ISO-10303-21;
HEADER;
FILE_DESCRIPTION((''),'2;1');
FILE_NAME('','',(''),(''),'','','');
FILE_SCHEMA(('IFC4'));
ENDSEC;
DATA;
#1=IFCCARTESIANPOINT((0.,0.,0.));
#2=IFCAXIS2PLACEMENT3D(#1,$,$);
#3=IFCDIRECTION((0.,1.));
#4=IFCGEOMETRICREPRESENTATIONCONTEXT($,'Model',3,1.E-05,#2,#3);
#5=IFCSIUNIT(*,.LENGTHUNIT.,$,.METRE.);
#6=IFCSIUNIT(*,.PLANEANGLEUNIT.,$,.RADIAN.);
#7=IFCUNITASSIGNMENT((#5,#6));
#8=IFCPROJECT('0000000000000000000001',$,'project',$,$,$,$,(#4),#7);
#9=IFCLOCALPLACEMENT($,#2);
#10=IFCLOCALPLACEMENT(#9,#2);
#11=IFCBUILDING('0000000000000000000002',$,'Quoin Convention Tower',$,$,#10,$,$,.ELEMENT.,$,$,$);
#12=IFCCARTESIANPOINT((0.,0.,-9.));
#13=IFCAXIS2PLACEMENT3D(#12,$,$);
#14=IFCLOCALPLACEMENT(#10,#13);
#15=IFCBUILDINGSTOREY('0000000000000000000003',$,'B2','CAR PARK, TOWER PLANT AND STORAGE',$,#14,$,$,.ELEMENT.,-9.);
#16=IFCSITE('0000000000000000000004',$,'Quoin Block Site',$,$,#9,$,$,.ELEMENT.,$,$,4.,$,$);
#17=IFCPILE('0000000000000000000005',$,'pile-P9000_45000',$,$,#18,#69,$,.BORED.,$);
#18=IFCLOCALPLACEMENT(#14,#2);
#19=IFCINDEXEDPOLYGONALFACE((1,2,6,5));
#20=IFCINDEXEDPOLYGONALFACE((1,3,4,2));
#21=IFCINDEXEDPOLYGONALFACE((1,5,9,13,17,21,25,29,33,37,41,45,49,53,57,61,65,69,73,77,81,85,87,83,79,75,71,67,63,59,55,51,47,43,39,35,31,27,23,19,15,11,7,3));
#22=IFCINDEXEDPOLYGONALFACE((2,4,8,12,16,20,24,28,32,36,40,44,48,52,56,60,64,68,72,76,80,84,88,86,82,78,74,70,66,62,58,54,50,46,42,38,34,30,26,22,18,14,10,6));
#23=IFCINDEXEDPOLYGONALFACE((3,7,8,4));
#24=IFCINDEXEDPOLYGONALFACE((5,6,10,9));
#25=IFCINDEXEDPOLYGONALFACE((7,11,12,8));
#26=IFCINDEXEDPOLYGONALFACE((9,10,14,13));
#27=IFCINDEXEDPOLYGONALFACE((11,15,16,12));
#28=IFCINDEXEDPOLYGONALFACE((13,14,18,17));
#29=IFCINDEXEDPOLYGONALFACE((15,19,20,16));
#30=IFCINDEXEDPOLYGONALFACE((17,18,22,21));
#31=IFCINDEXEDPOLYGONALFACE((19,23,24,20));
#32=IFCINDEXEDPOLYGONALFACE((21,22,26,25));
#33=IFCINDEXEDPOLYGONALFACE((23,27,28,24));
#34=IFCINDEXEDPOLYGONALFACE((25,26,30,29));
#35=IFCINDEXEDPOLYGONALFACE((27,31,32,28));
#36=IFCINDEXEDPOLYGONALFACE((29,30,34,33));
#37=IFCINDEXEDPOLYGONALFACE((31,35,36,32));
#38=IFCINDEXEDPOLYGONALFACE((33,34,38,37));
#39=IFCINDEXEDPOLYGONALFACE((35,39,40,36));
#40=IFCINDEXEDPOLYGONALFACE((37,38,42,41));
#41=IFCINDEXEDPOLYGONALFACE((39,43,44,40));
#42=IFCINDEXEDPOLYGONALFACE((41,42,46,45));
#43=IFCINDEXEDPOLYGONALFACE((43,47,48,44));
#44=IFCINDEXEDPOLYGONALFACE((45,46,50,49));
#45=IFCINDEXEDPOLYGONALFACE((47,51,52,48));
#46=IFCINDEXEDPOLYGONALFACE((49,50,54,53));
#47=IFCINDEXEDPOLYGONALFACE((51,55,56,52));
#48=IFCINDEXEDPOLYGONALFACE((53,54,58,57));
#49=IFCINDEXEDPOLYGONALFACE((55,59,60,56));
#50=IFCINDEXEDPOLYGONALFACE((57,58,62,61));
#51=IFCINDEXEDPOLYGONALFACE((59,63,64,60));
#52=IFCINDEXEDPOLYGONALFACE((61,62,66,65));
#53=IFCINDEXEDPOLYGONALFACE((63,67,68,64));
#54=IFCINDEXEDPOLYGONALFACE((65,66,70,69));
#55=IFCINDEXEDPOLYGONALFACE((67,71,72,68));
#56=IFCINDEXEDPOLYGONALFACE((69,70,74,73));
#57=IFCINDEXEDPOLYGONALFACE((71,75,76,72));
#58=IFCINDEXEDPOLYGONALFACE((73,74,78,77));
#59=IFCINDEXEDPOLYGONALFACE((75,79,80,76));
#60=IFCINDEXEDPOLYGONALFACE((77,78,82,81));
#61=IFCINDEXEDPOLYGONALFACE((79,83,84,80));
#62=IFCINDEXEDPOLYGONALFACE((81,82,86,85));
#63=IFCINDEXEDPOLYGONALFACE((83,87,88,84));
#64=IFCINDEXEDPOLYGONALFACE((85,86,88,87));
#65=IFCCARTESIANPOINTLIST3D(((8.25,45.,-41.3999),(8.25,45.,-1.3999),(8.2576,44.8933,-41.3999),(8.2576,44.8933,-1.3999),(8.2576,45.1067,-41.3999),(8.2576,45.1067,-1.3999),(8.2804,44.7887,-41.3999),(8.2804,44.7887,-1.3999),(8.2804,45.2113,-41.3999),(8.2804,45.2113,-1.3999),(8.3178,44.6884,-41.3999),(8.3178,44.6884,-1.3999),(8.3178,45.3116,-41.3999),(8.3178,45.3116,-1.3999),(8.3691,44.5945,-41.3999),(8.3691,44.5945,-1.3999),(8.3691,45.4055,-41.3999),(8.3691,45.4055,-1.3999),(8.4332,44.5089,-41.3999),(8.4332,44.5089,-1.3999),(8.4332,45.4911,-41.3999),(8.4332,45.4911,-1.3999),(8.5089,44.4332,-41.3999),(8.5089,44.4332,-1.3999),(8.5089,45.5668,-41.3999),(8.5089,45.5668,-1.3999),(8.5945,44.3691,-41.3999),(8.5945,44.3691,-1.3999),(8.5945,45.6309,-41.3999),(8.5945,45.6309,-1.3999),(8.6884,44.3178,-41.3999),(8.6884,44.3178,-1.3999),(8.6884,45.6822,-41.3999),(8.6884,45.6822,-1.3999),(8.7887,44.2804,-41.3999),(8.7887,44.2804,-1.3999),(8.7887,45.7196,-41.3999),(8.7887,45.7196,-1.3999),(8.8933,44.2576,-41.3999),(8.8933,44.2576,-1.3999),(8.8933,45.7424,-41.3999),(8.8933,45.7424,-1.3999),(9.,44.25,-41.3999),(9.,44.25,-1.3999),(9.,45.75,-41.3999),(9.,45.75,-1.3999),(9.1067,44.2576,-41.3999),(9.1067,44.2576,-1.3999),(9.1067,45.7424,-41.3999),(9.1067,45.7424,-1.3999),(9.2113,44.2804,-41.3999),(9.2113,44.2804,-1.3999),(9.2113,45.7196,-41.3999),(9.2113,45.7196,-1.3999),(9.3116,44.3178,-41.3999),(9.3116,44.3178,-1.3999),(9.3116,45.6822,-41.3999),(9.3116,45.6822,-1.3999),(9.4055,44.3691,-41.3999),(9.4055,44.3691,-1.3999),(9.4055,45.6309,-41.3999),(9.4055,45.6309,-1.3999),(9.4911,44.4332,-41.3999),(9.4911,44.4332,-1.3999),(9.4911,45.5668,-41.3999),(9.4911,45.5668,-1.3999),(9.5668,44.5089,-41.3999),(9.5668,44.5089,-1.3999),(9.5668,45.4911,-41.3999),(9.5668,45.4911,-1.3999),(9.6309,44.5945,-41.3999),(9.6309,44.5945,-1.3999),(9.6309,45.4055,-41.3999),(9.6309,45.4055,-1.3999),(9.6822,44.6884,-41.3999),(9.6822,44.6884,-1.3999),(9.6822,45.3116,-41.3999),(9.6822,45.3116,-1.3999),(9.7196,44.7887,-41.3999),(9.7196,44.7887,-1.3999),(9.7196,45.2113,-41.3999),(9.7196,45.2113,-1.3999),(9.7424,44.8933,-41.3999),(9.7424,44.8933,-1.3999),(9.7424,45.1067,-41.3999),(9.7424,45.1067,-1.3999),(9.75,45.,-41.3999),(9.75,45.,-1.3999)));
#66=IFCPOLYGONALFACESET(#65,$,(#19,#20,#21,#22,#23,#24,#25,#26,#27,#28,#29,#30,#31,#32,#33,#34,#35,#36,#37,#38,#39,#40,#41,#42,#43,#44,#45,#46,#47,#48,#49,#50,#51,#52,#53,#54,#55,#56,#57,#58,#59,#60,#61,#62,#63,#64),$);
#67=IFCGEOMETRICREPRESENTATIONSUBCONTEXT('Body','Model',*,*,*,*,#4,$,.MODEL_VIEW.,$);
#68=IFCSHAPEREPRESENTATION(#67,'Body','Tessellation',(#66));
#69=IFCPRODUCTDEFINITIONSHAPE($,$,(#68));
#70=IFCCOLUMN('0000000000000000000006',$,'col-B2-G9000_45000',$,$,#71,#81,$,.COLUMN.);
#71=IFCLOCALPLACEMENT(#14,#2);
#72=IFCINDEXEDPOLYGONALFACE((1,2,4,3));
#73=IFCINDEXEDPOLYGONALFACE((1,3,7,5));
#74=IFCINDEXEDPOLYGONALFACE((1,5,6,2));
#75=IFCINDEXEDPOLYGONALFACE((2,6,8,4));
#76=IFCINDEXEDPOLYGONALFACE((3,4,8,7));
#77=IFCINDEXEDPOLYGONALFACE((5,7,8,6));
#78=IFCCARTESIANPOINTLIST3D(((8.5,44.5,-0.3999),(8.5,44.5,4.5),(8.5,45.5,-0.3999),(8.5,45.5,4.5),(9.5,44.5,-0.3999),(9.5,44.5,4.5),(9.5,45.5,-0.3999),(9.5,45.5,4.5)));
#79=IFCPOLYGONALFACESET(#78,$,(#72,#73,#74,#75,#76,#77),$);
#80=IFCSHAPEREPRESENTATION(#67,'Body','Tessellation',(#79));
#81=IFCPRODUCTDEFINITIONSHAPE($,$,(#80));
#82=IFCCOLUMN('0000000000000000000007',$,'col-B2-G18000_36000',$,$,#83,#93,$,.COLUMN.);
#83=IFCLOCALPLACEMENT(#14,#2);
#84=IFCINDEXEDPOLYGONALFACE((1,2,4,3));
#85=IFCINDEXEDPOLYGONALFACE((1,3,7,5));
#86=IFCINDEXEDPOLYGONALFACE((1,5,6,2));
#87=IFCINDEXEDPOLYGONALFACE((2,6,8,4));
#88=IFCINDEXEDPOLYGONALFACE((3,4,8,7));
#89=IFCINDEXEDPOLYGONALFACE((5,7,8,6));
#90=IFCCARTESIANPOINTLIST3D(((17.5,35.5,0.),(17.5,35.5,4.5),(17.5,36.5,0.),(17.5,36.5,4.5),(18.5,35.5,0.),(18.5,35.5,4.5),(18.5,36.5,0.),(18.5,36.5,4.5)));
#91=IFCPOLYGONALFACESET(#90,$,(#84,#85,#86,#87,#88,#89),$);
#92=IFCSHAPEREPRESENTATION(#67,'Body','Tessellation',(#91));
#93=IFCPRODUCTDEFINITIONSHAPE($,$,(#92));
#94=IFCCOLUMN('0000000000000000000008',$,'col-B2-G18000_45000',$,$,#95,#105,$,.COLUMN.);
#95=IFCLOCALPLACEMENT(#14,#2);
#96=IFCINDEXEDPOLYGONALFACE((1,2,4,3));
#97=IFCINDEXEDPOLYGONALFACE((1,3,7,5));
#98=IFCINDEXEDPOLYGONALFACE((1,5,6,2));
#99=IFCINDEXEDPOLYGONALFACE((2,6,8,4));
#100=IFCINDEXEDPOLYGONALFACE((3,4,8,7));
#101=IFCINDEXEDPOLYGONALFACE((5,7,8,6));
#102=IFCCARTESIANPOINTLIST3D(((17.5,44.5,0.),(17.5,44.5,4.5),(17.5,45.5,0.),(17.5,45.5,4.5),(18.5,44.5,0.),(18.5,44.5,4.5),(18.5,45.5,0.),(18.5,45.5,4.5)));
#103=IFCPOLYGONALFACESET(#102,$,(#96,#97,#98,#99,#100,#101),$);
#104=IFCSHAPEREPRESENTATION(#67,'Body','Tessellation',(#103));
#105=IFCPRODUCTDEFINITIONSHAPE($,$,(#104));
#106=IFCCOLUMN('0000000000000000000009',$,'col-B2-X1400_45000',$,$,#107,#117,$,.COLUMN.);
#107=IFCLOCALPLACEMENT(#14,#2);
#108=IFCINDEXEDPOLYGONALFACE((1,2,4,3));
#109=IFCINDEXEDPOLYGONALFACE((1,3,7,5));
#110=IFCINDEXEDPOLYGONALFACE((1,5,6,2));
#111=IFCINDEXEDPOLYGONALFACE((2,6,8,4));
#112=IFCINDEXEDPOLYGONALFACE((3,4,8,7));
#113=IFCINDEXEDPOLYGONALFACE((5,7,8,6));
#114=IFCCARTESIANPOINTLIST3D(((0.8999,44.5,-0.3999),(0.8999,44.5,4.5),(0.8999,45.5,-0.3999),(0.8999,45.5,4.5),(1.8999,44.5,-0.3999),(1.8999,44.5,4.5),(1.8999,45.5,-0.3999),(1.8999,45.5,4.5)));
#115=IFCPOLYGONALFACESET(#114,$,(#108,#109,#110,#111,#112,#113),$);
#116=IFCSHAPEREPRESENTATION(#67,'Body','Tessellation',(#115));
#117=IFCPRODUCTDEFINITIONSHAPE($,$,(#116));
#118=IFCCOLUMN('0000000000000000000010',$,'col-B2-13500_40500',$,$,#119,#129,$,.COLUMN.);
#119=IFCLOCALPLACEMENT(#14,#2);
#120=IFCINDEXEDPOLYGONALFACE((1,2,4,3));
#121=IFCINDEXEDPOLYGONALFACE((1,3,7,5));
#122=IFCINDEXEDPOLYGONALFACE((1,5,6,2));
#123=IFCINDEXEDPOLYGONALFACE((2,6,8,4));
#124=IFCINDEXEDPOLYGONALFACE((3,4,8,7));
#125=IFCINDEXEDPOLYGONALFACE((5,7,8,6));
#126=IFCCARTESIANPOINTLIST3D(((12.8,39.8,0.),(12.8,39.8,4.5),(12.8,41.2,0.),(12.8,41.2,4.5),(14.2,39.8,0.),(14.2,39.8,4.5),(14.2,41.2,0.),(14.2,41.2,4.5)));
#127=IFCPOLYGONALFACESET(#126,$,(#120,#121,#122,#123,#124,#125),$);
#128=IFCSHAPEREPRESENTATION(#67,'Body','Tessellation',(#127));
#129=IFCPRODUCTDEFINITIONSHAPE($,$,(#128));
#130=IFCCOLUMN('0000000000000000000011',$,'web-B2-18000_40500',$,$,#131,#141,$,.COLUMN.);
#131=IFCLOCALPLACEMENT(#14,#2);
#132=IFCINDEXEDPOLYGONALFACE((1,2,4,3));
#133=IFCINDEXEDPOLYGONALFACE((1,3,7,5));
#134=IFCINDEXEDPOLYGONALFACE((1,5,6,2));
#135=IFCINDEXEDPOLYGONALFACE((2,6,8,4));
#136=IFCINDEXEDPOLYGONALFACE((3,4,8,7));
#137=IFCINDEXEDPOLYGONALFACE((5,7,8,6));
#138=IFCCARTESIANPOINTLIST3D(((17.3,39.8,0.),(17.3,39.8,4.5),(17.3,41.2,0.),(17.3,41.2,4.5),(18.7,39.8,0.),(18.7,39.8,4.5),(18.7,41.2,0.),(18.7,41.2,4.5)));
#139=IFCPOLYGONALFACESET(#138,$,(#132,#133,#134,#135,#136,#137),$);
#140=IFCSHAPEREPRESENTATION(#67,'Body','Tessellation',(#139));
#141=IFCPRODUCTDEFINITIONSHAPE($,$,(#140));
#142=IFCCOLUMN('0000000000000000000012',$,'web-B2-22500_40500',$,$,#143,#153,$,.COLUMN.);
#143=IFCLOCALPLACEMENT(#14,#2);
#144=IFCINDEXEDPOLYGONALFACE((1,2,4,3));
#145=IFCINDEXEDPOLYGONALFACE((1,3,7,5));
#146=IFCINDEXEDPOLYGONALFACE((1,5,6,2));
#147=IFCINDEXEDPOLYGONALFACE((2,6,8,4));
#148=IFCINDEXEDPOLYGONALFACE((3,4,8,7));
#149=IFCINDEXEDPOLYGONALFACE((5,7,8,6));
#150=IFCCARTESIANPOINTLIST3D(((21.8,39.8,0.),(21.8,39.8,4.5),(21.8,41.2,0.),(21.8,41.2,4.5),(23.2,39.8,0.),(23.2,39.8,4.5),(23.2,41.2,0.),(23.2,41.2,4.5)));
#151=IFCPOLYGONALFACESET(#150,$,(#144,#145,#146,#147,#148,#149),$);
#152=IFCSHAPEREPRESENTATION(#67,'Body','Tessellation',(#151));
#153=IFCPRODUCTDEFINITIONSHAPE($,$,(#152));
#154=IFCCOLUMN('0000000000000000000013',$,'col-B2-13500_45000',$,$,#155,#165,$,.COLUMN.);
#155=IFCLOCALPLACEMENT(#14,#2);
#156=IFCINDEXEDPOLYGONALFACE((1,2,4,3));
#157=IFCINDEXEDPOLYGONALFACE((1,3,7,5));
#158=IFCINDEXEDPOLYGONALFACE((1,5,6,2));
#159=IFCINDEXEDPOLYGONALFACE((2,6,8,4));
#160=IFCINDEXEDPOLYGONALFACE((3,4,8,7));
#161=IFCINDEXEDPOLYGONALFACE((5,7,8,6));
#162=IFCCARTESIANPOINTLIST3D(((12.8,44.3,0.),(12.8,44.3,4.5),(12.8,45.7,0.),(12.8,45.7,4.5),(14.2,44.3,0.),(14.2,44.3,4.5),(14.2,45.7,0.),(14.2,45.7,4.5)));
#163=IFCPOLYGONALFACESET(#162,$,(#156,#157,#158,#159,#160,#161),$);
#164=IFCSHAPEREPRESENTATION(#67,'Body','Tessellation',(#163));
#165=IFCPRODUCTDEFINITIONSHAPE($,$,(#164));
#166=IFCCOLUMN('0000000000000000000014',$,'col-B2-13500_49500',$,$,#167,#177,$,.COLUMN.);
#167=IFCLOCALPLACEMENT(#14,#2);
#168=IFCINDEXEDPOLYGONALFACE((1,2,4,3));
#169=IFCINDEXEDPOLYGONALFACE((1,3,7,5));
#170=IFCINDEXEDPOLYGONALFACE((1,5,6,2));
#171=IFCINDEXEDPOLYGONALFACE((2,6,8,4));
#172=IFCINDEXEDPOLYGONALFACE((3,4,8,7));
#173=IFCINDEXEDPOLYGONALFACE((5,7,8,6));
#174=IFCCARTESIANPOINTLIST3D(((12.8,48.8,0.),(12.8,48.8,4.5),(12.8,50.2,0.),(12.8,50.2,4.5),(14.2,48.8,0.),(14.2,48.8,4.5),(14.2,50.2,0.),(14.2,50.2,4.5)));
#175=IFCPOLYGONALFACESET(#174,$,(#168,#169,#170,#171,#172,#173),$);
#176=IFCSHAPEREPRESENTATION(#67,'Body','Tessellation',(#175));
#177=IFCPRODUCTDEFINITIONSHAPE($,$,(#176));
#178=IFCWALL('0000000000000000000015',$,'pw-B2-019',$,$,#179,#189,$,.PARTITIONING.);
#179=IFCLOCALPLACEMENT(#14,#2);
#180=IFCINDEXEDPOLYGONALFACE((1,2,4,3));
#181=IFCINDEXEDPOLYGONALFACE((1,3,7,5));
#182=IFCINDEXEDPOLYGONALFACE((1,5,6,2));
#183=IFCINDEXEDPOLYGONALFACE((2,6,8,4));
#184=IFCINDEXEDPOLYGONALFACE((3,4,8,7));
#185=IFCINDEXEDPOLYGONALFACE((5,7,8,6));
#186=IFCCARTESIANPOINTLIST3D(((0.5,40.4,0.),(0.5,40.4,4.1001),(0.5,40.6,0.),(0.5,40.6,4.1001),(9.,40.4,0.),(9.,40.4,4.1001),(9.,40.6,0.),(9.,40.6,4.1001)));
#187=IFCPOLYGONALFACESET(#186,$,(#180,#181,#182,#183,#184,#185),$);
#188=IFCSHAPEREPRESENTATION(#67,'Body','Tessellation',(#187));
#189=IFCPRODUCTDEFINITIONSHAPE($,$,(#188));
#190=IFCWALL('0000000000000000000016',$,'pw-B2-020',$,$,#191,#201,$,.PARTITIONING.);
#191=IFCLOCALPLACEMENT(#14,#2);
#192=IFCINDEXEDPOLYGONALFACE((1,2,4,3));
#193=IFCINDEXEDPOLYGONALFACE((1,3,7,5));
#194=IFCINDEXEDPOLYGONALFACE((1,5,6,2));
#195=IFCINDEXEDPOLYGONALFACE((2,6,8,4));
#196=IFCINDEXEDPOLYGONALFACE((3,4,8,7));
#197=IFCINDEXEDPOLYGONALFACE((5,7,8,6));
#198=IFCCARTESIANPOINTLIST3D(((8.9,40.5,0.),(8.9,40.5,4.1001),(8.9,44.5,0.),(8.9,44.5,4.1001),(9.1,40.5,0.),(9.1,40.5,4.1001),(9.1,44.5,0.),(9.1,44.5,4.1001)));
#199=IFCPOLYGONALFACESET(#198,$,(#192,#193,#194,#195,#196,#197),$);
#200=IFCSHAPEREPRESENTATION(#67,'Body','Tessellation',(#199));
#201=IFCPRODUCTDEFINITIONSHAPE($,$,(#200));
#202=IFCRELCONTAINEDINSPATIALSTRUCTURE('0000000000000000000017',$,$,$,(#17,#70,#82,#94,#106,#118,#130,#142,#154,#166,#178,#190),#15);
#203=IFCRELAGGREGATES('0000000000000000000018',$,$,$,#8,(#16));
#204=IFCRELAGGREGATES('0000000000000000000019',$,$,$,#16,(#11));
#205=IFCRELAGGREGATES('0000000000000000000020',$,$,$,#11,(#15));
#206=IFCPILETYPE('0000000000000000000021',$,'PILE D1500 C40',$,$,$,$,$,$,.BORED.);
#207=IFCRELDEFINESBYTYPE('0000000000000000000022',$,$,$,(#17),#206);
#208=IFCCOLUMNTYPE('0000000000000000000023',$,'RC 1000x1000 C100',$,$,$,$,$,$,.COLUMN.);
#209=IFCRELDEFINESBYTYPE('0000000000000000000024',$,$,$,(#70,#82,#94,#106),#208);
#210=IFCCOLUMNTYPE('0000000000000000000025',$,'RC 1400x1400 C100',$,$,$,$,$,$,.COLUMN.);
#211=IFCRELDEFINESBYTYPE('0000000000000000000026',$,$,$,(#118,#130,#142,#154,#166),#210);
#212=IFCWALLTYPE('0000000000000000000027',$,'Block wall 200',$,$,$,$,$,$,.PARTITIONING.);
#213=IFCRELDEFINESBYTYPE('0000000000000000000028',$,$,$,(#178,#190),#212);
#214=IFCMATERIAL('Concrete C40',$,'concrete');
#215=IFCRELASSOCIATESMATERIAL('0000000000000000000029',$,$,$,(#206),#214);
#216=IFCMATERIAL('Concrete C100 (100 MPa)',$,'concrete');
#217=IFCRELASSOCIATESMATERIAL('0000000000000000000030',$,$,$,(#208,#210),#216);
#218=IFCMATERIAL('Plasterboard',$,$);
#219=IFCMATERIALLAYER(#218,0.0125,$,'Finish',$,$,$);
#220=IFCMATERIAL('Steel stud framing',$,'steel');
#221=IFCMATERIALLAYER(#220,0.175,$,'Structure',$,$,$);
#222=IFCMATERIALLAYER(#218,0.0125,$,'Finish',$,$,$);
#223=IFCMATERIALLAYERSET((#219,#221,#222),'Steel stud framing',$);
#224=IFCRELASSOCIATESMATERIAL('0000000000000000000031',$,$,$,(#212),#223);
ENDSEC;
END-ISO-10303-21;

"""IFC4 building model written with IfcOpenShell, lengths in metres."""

from ifc_helpers import new_model, si_unit, direction, frame, frame_2d, origin, origin_2d, place, context, subcontext, project, spatial, rectangle, circle, extrude, material, layer, layer_set, material_profile, profile_set, type_object, element, save


model = new_model("IFC4")

# Units and contexts
model_context = context("Model", 3, precision=1e-05, world=origin(), true_north=direction((0.0, 1.0)))
body_context = subcontext(model_context, "Body", "Model", "MODEL_VIEW")
ifc_project = project(units=[si_unit("LENGTHUNIT", "METRE"), si_unit("PLANEANGLEUNIT", "RADIAN")], contexts=[model_context])

# Site, building, storey
site_placement = place(None, origin())
site = spatial("IfcSite", under=ifc_project, at=site_placement, Name="Quoin Block Site", CompositionType="ELEMENT", RefElevation=4.0)
building_placement = place(site_placement, origin())
building = spatial("IfcBuilding", under=site, at=building_placement, Name="Quoin Convention Tower", CompositionType="ELEMENT")
storey_placement = place(building_placement, frame((0.0, 0.0, -9.0)))
storey = spatial("IfcBuildingStorey", under=building, at=storey_placement, Name="B2", Description="CAR PARK, TOWER PLANT AND STORAGE", CompositionType="ELEMENT", Elevation=-9.0)

# Pile
ifc_material_1 = material(Name="Concrete C40", Category="concrete")
ifc_material_profile_1 = material_profile(ifc_material_1, circle(Radius=0.75, at=origin_2d()), Name="D1500")
ifc_profile_set_1 = profile_set([ifc_material_profile_1], Name="Concrete C40")
pile_type = type_object("IfcPileType", Name="PILE D1500 C40", PredefinedType="BORED", material=ifc_profile_set_1)
for number, where, z_axis, x_axis, name in (
    (1, (9.0, 45.0, -1.3999), (0.0, 0.0, -1.0), (1.0, 0.0, 0.0), "pile-P9000_45000"),
):
    element("IfcPile", number, at=place(storey_placement, frame(where, z_axis=z_axis, x_axis=x_axis)), inside=storey, type_object=pile_type, Name=name, PredefinedType="BORED", context=body_context, shape_type="SweptSolid", body=[
        extrude(circle(Radius=0.75, at=origin_2d()), origin(), (0.0, 0.0, 1.0), 40.0),
    ])

# Columns
ifc_material_2 = material(Name="Concrete C100 (100 MPa)", Category="concrete")
ifc_material_profile_2 = material_profile(ifc_material_2, rectangle(XDim=1.0, YDim=1.0, at=origin_2d()), Name="RC 1000x1000")
ifc_profile_set_2 = profile_set([ifc_material_profile_2], Name="Concrete C100 (100 MPa)")
column_type_1 = type_object("IfcColumnType", Name="RC 1000x1000 C100", PredefinedType="COLUMN", material=ifc_profile_set_2)
column_1_placement = place(storey_placement, frame((9.0, 45.0, -0.3999), z_axis=(0.0, 0.0, 1.0), x_axis=(1.0, 0.0, 0.0)))
element("IfcColumn", 2, at=column_1_placement, inside=storey, type_object=column_type_1, Name="col-B2-G9000_45000", PredefinedType="COLUMN", context=body_context, shape_type="SweptSolid", body=[
    extrude(rectangle(XDim=1.0, YDim=1.0, at=origin_2d()), origin(), (0.0, 0.0, 1.0), 4.8999),
])
for number, where, z_axis, x_axis, name in (
    (3, (18.0, 36.0, 0.0), (0.0, 0.0, 1.0), (1.0, 0.0, 0.0), "col-B2-G18000_36000"),
    (4, (18.0, 45.0, 0.0), (0.0, 0.0, 1.0), (1.0, 0.0, 0.0), "col-B2-G18000_45000"),
):
    element("IfcColumn", number, at=place(storey_placement, frame(where, z_axis=z_axis, x_axis=x_axis)), inside=storey, type_object=column_type_1, Name=name, PredefinedType="COLUMN", context=body_context, shape_type="SweptSolid", body=[
        extrude(rectangle(XDim=1.0, YDim=1.0, at=origin_2d()), origin(), (0.0, 0.0, 1.0), 4.5),
    ])
column_2_placement = place(storey_placement, frame((1.3999, 45.0, -0.3999), z_axis=(0.0, 0.0, 1.0), x_axis=(1.0, 0.0, 0.0)))
element("IfcColumn", 5, at=column_2_placement, inside=storey, type_object=column_type_1, Name="col-B2-X1400_45000", PredefinedType="COLUMN", context=body_context, shape_type="SweptSolid", body=[
    extrude(rectangle(XDim=1.0, YDim=1.0, at=origin_2d()), origin(), (0.0, 0.0, 1.0), 4.8999),
])
ifc_material_profile_3 = material_profile(ifc_material_2, rectangle(XDim=1.3999, YDim=1.3999, at=origin_2d()), Name="RC 1400x1400")
ifc_profile_set_3 = profile_set([ifc_material_profile_3], Name="Concrete C100 (100 MPa)")
column_type_2 = type_object("IfcColumnType", Name="RC 1400x1400 C100", PredefinedType="COLUMN", material=ifc_profile_set_3)
for number, where, z_axis, x_axis, name in (
    (6, (13.5, 40.5, 0.0), (0.0, 0.0, 1.0), (1.0, 0.0, 0.0), "col-B2-13500_40500"),
    (7, (18.0, 40.5, 0.0), (0.0, 0.0, 1.0), (1.0, 0.0, 0.0), "web-B2-18000_40500"),
    (8, (22.5, 40.5, 0.0), (0.0, 0.0, 1.0), (1.0, 0.0, 0.0), "web-B2-22500_40500"),
    (9, (13.5, 45.0, 0.0), (0.0, 0.0, 1.0), (1.0, 0.0, 0.0), "col-B2-13500_45000"),
    (10, (13.5, 49.5, 0.0), (0.0, 0.0, 1.0), (1.0, 0.0, 0.0), "col-B2-13500_49500"),
):
    element("IfcColumn", number, at=place(storey_placement, frame(where, z_axis=z_axis, x_axis=x_axis)), inside=storey, type_object=column_type_2, Name=name, PredefinedType="COLUMN", context=body_context, shape_type="SweptSolid", body=[
        extrude(rectangle(XDim=1.3999, YDim=1.3999, at=origin_2d()), origin(), (0.0, 0.0, 1.0), 4.5),
    ])

# Walls
ifc_material_3 = material(Name="Plasterboard")
ifc_layer_1 = layer(ifc_material_3, 0.0125, Name="Finish")
ifc_material_4 = material(Name="Steel stud framing", Category="steel")
ifc_layer_2 = layer(ifc_material_4, 0.175, Name="Structure")
ifc_layer_3 = layer(ifc_material_3, 0.0125, Name="Finish")
ifc_layer_set_1 = layer_set([ifc_layer_1, ifc_layer_2, ifc_layer_3], Name="Steel stud framing")
wall_type_1 = type_object("IfcWallType", Name="Block wall 200", PredefinedType="PARTITIONING", material=ifc_layer_set_1)
wall_1_placement = place(storey_placement, frame((0.5, 40.5, 0.0), z_axis=(0.0, 0.0, 1.0), x_axis=(1.0, 0.0, 0.0)))
element("IfcWall", 11, at=wall_1_placement, inside=storey, type_object=wall_type_1, Name="pw-B2-019", PredefinedType="PARTITIONING", context=body_context, shape_type="SweptSolid", body=[
    extrude(rectangle(XDim=8.5, YDim=0.2, at=frame_2d((4.25, 0.0))), origin(), (0.0, 0.0, 1.0), 4.1001),
])
wall_2_placement = place(storey_placement, frame((9.0, 40.5, 0.0), z_axis=(0.0, 0.0, 1.0), x_axis=(0.0, 1.0, 0.0)))
element("IfcWall", 12, at=wall_2_placement, inside=storey, type_object=wall_type_1, Name="pw-B2-020", PredefinedType="PARTITIONING", context=body_context, shape_type="SweptSolid", body=[
    extrude(rectangle(XDim=4.0, YDim=0.2, at=frame_2d((2.0, 0.0))), origin(), (0.0, 0.0, 1.0), 4.1001),
])

save(model, "model.ifc")
